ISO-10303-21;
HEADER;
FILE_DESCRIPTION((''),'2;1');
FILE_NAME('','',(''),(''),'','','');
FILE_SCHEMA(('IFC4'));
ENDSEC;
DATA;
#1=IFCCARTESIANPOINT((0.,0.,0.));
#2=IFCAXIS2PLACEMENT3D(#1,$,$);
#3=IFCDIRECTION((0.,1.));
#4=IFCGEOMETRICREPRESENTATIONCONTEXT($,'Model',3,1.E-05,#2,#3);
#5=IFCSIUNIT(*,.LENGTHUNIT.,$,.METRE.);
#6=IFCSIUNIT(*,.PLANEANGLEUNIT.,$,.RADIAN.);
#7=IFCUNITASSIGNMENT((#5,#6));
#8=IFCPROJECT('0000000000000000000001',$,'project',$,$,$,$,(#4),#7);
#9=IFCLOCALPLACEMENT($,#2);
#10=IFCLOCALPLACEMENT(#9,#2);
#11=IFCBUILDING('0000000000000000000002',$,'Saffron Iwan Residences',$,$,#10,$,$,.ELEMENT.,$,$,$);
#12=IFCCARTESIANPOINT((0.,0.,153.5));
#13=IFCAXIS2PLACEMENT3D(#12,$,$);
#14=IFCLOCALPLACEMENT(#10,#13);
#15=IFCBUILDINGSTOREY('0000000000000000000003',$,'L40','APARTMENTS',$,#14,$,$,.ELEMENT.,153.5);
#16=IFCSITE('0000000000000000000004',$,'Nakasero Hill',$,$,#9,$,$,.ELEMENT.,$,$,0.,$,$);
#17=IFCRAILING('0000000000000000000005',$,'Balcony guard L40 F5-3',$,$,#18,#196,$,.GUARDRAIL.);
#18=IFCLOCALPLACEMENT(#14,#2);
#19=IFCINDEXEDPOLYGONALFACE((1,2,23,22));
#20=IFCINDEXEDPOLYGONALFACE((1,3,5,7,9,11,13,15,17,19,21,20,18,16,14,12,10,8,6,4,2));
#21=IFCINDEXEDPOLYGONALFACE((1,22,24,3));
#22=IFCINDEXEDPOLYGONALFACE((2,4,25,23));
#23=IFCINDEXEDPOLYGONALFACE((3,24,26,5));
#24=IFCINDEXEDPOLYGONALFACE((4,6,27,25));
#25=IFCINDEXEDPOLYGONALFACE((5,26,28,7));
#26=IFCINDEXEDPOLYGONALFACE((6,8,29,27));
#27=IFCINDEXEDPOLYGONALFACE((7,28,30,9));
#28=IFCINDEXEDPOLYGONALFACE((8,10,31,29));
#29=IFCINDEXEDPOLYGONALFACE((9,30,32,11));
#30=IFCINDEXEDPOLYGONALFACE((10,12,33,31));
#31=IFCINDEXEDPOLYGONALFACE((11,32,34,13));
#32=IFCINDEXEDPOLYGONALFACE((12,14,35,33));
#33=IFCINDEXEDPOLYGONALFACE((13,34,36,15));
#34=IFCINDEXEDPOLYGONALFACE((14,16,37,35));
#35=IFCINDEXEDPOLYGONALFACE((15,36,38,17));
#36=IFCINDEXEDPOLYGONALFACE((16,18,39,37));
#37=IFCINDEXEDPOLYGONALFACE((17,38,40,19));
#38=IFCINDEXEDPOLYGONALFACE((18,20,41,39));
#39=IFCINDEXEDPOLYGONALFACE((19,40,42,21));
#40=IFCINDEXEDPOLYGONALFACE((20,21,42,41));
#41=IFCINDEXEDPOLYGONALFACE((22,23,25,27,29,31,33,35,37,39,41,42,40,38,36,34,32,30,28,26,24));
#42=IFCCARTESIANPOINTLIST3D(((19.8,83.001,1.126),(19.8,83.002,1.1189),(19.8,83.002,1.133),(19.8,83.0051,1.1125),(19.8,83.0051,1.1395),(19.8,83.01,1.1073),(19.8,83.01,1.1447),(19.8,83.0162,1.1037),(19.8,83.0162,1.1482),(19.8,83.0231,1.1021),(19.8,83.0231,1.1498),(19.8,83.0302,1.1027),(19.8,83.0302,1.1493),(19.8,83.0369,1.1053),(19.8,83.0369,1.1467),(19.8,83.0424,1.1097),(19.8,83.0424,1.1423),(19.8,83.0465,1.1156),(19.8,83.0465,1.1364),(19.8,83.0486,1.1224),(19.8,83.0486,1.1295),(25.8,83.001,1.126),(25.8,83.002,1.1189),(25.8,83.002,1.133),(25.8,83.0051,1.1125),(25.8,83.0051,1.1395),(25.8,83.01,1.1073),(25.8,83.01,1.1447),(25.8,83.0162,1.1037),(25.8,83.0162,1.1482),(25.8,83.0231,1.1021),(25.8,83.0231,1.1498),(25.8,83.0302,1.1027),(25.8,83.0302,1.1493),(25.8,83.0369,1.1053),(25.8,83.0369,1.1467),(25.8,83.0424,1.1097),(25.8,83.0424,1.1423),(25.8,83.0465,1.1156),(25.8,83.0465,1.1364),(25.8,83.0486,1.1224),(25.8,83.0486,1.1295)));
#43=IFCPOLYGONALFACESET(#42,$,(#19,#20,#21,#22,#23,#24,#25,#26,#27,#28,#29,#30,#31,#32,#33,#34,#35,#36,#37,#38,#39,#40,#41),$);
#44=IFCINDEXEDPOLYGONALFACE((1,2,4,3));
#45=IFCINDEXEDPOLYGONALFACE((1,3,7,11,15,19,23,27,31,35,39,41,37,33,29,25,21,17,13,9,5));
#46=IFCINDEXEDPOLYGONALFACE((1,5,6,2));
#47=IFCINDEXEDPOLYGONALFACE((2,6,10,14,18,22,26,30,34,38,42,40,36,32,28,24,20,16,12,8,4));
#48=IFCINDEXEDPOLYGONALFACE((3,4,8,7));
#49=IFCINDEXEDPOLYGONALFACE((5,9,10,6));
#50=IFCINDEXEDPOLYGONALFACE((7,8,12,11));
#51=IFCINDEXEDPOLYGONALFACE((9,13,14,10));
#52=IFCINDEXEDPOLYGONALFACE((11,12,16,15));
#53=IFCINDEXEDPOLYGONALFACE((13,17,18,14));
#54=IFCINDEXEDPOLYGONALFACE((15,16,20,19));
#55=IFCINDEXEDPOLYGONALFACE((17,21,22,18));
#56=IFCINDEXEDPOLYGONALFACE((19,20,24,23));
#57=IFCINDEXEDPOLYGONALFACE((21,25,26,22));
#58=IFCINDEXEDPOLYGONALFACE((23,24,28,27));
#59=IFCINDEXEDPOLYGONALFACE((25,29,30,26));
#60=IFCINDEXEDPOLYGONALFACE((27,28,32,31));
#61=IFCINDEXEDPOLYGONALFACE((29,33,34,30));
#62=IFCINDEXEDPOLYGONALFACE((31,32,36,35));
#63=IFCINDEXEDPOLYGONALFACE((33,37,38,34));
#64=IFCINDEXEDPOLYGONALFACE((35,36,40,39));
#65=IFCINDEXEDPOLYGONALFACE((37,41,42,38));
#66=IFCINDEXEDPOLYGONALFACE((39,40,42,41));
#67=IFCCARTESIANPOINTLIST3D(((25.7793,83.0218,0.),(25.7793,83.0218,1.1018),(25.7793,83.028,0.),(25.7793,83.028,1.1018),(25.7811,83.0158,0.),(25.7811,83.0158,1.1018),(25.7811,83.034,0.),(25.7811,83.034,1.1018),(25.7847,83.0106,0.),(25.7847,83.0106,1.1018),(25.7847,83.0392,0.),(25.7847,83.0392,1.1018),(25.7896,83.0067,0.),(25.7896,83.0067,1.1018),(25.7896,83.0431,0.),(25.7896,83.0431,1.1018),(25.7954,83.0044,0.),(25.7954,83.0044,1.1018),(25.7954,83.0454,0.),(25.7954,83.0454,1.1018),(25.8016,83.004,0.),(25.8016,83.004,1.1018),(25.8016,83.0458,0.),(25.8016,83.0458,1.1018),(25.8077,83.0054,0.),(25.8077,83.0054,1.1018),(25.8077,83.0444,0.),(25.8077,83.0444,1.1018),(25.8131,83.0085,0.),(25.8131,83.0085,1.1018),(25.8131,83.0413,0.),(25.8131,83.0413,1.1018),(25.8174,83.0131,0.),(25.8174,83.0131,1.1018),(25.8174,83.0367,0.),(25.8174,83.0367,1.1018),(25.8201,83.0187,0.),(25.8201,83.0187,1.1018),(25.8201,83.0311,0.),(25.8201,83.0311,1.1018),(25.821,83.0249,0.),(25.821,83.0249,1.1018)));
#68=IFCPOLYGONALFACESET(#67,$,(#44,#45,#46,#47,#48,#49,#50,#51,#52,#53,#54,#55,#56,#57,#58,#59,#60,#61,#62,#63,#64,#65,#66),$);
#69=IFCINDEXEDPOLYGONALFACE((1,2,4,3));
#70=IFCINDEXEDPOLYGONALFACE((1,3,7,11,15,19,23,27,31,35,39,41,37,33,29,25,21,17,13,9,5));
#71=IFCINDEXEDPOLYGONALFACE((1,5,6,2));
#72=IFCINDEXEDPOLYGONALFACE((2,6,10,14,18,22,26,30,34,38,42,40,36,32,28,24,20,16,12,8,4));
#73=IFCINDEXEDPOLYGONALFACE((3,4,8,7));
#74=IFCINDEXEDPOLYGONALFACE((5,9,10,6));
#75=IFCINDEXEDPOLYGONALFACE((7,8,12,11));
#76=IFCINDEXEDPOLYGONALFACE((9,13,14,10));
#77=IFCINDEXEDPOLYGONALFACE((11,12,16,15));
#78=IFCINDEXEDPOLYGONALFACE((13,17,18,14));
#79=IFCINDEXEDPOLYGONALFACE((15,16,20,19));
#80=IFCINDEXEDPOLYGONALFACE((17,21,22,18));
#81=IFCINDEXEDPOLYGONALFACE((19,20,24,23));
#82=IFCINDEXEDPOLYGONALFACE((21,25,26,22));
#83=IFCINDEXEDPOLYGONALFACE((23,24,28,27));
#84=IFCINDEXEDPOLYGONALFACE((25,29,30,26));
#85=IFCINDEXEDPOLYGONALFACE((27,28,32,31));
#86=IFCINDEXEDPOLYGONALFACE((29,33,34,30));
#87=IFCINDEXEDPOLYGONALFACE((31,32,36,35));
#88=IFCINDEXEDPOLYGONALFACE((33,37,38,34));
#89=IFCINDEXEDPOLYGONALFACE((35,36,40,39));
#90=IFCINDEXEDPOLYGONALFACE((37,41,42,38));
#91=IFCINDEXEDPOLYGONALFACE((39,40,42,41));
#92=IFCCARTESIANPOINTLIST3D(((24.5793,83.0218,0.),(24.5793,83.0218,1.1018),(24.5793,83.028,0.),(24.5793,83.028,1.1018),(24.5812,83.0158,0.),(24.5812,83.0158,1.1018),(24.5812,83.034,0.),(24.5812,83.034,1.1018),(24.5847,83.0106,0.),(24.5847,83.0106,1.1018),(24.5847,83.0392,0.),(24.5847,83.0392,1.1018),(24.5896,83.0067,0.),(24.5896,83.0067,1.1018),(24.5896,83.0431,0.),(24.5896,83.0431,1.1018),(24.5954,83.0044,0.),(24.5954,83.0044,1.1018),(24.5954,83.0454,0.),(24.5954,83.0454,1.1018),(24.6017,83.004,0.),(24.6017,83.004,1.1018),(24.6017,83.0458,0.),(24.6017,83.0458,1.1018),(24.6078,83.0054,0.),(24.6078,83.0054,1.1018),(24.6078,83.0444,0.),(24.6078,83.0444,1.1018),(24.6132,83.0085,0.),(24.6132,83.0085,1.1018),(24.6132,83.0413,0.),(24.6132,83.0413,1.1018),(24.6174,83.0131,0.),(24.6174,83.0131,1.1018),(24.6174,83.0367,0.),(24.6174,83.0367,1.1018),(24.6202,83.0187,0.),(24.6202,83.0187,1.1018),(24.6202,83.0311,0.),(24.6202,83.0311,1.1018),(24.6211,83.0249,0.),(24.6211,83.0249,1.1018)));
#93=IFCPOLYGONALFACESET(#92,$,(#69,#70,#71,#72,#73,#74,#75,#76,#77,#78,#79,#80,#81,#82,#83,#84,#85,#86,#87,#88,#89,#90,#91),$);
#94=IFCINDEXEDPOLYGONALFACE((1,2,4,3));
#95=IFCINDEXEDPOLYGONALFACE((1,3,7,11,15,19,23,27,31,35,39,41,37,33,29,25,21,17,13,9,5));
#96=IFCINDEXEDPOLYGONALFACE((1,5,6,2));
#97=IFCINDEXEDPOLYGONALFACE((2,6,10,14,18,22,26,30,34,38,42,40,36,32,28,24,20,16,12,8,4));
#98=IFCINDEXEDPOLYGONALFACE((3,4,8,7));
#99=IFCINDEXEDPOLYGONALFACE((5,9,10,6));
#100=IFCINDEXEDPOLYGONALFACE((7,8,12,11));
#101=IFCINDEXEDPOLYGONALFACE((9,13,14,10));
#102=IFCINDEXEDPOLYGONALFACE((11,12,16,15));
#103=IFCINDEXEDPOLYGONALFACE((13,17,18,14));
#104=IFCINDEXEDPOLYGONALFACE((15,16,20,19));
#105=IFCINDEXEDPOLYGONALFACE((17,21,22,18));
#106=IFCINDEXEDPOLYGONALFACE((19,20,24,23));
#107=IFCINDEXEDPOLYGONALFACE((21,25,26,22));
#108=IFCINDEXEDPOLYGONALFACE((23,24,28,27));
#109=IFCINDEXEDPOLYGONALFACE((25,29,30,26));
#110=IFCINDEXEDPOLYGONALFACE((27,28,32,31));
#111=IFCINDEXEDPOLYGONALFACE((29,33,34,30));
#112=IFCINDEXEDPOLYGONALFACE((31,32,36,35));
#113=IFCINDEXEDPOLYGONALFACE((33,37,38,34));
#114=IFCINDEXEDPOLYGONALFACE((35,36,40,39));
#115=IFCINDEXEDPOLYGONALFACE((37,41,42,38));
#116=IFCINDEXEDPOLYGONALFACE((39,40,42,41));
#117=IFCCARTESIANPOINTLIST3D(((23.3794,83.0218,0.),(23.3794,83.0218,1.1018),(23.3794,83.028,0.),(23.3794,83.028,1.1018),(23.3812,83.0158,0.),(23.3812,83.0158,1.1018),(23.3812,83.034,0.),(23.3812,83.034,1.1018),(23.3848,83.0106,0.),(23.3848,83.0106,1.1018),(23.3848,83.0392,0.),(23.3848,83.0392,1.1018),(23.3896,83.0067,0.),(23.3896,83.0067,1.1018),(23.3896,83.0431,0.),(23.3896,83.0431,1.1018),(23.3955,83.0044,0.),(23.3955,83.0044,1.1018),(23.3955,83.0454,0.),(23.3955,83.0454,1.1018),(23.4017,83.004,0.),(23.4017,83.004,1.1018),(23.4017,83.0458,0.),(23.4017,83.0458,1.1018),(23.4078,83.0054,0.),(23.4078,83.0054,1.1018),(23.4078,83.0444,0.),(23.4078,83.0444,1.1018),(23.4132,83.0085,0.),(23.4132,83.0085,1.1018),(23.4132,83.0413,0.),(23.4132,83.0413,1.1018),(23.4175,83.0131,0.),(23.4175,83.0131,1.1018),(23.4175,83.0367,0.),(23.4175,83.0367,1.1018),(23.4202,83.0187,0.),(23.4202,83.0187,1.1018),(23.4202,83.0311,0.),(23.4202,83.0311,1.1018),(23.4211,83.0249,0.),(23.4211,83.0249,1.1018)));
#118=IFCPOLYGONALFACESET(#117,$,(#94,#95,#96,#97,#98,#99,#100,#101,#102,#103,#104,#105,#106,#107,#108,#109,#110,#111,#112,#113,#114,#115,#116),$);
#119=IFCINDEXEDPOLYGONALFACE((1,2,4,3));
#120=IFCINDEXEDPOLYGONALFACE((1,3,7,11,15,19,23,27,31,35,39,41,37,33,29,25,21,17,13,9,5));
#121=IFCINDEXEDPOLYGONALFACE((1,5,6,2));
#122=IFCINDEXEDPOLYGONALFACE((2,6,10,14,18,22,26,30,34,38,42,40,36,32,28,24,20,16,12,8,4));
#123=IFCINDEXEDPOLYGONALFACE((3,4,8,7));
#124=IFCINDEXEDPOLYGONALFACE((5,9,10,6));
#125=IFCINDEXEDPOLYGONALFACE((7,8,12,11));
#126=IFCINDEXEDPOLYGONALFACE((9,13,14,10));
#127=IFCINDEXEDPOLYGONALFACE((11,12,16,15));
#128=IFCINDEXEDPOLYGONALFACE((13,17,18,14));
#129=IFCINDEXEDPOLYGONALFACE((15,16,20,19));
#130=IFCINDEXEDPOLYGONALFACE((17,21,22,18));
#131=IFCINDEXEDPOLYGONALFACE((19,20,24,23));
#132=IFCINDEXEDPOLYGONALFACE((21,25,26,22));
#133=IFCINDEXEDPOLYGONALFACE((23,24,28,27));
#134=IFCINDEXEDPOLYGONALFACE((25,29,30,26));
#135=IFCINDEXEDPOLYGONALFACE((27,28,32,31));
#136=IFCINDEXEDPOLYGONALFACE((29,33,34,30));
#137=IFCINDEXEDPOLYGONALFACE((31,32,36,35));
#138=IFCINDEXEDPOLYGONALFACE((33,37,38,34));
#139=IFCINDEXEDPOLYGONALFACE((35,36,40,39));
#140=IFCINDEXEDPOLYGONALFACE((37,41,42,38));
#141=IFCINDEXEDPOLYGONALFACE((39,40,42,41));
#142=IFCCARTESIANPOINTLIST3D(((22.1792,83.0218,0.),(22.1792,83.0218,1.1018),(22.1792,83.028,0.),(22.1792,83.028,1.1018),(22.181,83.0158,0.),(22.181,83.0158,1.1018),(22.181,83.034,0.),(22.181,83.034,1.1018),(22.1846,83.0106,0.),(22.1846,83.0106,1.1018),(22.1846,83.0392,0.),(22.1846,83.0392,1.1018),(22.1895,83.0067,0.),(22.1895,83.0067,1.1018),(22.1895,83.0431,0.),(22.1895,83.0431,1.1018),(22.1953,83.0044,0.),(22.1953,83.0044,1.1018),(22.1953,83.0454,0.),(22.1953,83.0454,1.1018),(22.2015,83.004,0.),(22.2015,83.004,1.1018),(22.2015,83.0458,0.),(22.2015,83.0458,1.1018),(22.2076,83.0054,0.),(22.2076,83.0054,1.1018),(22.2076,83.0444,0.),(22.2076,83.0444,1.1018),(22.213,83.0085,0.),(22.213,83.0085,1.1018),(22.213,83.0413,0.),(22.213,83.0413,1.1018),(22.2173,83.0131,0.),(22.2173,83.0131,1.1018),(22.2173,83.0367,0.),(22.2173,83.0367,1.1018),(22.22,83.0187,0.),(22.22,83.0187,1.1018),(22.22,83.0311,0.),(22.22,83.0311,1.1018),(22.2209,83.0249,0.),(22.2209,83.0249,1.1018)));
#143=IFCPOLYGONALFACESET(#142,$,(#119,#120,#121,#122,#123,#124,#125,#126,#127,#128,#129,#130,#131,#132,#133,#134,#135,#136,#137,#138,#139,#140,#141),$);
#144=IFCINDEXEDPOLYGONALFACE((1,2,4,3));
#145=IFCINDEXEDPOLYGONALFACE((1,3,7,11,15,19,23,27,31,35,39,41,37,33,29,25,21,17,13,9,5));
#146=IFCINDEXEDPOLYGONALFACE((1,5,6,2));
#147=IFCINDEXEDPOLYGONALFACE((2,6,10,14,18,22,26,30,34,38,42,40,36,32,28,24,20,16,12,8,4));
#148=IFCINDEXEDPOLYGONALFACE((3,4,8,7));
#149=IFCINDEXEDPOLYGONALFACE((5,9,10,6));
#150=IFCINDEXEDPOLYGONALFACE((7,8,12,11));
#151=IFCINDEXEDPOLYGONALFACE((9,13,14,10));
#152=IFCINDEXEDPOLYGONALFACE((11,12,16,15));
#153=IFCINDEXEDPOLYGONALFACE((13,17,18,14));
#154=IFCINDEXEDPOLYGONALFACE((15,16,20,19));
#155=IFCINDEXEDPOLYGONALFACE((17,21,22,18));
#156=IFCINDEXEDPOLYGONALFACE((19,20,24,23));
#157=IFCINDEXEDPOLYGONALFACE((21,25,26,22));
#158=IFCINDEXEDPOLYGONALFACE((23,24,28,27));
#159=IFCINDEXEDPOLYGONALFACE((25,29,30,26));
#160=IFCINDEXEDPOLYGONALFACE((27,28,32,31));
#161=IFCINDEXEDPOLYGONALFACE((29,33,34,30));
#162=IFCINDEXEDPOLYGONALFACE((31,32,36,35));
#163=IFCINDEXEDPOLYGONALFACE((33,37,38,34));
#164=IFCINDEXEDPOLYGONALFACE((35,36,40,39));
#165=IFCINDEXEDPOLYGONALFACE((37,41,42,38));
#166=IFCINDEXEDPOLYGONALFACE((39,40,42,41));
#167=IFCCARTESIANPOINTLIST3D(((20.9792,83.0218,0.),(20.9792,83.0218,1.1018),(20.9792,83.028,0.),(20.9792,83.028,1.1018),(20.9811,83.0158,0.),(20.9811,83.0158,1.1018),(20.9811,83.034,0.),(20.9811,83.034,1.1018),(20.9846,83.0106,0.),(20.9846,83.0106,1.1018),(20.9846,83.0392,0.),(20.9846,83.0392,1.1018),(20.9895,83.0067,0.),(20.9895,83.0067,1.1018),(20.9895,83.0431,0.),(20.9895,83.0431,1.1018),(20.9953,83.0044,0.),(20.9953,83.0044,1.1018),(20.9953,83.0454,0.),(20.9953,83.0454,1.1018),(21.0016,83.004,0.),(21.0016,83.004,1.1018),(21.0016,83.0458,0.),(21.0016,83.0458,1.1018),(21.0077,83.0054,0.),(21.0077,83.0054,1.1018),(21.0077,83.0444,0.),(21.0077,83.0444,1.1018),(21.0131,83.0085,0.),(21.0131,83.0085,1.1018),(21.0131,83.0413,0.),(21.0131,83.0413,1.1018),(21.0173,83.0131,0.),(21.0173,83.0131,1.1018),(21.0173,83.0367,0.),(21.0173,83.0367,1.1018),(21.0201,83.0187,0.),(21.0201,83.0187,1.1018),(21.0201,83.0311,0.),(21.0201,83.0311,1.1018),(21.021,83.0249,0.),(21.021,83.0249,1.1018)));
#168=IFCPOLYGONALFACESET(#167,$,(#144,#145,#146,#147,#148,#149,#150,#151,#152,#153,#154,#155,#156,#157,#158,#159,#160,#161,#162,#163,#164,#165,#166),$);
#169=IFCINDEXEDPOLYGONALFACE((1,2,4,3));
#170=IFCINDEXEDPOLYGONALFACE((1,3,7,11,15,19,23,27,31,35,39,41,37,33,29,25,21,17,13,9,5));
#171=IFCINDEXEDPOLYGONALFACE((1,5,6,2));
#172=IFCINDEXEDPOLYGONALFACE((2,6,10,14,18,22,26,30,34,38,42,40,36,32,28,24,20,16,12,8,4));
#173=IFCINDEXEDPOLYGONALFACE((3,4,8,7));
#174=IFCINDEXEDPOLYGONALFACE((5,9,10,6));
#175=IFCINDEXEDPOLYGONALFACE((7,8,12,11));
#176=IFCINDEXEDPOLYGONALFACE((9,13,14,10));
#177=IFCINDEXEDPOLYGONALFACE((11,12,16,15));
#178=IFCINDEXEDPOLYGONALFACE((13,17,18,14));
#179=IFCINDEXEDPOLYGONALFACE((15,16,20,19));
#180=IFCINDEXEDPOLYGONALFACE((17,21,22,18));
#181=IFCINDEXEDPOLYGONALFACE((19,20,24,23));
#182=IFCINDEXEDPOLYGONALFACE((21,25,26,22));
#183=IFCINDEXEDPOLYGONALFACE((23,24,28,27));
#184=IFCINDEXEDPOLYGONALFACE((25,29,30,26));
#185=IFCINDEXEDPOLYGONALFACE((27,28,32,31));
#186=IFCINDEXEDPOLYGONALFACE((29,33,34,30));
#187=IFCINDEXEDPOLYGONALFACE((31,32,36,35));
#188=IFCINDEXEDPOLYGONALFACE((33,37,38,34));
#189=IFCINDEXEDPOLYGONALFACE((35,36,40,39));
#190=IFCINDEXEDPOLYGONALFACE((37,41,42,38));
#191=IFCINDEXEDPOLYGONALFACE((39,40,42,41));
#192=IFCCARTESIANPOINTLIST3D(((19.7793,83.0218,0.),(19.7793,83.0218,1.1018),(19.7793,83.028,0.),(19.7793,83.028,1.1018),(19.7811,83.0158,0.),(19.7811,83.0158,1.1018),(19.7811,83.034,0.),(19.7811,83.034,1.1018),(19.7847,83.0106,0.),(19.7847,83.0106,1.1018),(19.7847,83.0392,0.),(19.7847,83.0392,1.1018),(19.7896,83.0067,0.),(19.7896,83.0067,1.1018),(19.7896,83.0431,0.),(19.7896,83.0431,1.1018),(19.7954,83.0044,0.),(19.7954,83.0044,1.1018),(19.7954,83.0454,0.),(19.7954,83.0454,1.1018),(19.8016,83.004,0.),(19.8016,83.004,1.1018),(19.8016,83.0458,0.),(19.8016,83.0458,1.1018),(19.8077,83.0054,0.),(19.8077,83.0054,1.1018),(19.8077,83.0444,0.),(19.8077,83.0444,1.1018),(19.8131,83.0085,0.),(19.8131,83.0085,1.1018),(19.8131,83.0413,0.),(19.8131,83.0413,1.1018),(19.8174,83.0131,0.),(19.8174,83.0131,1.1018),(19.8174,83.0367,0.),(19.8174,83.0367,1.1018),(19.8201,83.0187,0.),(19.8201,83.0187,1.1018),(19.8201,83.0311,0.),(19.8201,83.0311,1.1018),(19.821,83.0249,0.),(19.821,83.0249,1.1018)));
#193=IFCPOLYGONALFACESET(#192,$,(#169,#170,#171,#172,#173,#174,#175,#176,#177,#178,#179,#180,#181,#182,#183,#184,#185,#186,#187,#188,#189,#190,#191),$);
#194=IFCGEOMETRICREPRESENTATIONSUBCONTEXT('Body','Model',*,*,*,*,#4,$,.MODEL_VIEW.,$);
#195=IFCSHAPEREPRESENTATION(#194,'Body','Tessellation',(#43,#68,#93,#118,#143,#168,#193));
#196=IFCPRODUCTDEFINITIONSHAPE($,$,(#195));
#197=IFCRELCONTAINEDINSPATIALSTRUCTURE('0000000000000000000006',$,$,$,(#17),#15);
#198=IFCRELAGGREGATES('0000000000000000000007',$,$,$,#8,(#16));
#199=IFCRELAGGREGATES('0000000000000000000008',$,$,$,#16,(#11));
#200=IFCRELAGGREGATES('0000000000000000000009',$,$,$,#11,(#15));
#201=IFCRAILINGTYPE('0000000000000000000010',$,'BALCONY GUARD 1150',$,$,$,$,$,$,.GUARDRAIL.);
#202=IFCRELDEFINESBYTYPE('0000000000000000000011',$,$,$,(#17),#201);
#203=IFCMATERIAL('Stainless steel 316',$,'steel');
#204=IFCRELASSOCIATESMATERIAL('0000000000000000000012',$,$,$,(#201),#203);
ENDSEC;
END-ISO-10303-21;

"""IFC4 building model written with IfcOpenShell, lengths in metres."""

from ifc_helpers import new_model, si_unit, direction, frame, origin, origin_2d, place, context, subcontext, project, spatial, circle, extrude, material, type_object, element, save


model = new_model("IFC4")

# Units and contexts
model_context = context("Model", 3, precision=1e-05, world=origin(), true_north=direction((0.0, 1.0)))
body_context = subcontext(model_context, "Body", "Model", "MODEL_VIEW")
ifc_project = project(units=[si_unit("LENGTHUNIT", "METRE"), si_unit("PLANEANGLEUNIT", "RADIAN")], contexts=[model_context])

# Site, building, storey
site_placement = place(None, origin())
site = spatial("IfcSite", under=ifc_project, at=site_placement, Name="Nakasero Hill", CompositionType="ELEMENT", RefElevation=0.0)
building_placement = place(site_placement, origin())
building = spatial("IfcBuilding", under=site, at=building_placement, Name="Saffron Iwan Residences", CompositionType="ELEMENT")
storey_placement = place(building_placement, frame((0.0, 0.0, 153.5)))
storey = spatial("IfcBuildingStorey", under=building, at=storey_placement, Name="L40", Description="APARTMENTS", CompositionType="ELEMENT", Elevation=153.5)

# Railing
ifc_material_1 = material(Name="Stainless steel 316", Category="steel")
railing_type_1 = type_object("IfcRailingType", Name="BALCONY GUARD 1150", PredefinedType="GUARDRAIL", material=ifc_material_1)
railing_1_placement = place(storey_placement, frame((25.8, 83.0249, 0.0)))
element("IfcRailing", 1, at=railing_1_placement, inside=storey, type_object=railing_type_1, Name="Balcony guard L40 F5-3", PredefinedType="GUARDRAIL", context=body_context, shape_type="SweptSolid", body=[
    extrude(circle(Radius=0.0239, at=origin_2d()), frame((0.0, 0.0, 1.126), z_axis=(-1.0, 0.0, 0.0), x_axis=(0.0, -1.0, 0.0)), (0.0, 0.0, 1.0), 6.0),
    extrude(circle(Radius=0.021, at=origin_2d()), origin(), (0.0, 0.0, 1.0), 1.1018),
    extrude(circle(Radius=0.021, at=origin_2d()), frame((-1.2, 0.0, 0.0)), (0.0, 0.0, 1.0), 1.1018),
    extrude(circle(Radius=0.021, at=origin_2d()), frame((-2.3999, 0.0, 0.0)), (0.0, 0.0, 1.0), 1.1018),
    extrude(circle(Radius=0.021, at=origin_2d()), frame((-3.6001, 0.0, 0.0)), (0.0, 0.0, 1.0), 1.1018),
    extrude(circle(Radius=0.021, at=origin_2d()), frame((-4.8, 0.0, 0.0)), (0.0, 0.0, 1.0), 1.1018),
    extrude(circle(Radius=0.021, at=origin_2d()), frame((-6.0, 0.0, 0.0)), (0.0, 0.0, 1.0), 1.1018),
])

save(model, "model.ifc")
